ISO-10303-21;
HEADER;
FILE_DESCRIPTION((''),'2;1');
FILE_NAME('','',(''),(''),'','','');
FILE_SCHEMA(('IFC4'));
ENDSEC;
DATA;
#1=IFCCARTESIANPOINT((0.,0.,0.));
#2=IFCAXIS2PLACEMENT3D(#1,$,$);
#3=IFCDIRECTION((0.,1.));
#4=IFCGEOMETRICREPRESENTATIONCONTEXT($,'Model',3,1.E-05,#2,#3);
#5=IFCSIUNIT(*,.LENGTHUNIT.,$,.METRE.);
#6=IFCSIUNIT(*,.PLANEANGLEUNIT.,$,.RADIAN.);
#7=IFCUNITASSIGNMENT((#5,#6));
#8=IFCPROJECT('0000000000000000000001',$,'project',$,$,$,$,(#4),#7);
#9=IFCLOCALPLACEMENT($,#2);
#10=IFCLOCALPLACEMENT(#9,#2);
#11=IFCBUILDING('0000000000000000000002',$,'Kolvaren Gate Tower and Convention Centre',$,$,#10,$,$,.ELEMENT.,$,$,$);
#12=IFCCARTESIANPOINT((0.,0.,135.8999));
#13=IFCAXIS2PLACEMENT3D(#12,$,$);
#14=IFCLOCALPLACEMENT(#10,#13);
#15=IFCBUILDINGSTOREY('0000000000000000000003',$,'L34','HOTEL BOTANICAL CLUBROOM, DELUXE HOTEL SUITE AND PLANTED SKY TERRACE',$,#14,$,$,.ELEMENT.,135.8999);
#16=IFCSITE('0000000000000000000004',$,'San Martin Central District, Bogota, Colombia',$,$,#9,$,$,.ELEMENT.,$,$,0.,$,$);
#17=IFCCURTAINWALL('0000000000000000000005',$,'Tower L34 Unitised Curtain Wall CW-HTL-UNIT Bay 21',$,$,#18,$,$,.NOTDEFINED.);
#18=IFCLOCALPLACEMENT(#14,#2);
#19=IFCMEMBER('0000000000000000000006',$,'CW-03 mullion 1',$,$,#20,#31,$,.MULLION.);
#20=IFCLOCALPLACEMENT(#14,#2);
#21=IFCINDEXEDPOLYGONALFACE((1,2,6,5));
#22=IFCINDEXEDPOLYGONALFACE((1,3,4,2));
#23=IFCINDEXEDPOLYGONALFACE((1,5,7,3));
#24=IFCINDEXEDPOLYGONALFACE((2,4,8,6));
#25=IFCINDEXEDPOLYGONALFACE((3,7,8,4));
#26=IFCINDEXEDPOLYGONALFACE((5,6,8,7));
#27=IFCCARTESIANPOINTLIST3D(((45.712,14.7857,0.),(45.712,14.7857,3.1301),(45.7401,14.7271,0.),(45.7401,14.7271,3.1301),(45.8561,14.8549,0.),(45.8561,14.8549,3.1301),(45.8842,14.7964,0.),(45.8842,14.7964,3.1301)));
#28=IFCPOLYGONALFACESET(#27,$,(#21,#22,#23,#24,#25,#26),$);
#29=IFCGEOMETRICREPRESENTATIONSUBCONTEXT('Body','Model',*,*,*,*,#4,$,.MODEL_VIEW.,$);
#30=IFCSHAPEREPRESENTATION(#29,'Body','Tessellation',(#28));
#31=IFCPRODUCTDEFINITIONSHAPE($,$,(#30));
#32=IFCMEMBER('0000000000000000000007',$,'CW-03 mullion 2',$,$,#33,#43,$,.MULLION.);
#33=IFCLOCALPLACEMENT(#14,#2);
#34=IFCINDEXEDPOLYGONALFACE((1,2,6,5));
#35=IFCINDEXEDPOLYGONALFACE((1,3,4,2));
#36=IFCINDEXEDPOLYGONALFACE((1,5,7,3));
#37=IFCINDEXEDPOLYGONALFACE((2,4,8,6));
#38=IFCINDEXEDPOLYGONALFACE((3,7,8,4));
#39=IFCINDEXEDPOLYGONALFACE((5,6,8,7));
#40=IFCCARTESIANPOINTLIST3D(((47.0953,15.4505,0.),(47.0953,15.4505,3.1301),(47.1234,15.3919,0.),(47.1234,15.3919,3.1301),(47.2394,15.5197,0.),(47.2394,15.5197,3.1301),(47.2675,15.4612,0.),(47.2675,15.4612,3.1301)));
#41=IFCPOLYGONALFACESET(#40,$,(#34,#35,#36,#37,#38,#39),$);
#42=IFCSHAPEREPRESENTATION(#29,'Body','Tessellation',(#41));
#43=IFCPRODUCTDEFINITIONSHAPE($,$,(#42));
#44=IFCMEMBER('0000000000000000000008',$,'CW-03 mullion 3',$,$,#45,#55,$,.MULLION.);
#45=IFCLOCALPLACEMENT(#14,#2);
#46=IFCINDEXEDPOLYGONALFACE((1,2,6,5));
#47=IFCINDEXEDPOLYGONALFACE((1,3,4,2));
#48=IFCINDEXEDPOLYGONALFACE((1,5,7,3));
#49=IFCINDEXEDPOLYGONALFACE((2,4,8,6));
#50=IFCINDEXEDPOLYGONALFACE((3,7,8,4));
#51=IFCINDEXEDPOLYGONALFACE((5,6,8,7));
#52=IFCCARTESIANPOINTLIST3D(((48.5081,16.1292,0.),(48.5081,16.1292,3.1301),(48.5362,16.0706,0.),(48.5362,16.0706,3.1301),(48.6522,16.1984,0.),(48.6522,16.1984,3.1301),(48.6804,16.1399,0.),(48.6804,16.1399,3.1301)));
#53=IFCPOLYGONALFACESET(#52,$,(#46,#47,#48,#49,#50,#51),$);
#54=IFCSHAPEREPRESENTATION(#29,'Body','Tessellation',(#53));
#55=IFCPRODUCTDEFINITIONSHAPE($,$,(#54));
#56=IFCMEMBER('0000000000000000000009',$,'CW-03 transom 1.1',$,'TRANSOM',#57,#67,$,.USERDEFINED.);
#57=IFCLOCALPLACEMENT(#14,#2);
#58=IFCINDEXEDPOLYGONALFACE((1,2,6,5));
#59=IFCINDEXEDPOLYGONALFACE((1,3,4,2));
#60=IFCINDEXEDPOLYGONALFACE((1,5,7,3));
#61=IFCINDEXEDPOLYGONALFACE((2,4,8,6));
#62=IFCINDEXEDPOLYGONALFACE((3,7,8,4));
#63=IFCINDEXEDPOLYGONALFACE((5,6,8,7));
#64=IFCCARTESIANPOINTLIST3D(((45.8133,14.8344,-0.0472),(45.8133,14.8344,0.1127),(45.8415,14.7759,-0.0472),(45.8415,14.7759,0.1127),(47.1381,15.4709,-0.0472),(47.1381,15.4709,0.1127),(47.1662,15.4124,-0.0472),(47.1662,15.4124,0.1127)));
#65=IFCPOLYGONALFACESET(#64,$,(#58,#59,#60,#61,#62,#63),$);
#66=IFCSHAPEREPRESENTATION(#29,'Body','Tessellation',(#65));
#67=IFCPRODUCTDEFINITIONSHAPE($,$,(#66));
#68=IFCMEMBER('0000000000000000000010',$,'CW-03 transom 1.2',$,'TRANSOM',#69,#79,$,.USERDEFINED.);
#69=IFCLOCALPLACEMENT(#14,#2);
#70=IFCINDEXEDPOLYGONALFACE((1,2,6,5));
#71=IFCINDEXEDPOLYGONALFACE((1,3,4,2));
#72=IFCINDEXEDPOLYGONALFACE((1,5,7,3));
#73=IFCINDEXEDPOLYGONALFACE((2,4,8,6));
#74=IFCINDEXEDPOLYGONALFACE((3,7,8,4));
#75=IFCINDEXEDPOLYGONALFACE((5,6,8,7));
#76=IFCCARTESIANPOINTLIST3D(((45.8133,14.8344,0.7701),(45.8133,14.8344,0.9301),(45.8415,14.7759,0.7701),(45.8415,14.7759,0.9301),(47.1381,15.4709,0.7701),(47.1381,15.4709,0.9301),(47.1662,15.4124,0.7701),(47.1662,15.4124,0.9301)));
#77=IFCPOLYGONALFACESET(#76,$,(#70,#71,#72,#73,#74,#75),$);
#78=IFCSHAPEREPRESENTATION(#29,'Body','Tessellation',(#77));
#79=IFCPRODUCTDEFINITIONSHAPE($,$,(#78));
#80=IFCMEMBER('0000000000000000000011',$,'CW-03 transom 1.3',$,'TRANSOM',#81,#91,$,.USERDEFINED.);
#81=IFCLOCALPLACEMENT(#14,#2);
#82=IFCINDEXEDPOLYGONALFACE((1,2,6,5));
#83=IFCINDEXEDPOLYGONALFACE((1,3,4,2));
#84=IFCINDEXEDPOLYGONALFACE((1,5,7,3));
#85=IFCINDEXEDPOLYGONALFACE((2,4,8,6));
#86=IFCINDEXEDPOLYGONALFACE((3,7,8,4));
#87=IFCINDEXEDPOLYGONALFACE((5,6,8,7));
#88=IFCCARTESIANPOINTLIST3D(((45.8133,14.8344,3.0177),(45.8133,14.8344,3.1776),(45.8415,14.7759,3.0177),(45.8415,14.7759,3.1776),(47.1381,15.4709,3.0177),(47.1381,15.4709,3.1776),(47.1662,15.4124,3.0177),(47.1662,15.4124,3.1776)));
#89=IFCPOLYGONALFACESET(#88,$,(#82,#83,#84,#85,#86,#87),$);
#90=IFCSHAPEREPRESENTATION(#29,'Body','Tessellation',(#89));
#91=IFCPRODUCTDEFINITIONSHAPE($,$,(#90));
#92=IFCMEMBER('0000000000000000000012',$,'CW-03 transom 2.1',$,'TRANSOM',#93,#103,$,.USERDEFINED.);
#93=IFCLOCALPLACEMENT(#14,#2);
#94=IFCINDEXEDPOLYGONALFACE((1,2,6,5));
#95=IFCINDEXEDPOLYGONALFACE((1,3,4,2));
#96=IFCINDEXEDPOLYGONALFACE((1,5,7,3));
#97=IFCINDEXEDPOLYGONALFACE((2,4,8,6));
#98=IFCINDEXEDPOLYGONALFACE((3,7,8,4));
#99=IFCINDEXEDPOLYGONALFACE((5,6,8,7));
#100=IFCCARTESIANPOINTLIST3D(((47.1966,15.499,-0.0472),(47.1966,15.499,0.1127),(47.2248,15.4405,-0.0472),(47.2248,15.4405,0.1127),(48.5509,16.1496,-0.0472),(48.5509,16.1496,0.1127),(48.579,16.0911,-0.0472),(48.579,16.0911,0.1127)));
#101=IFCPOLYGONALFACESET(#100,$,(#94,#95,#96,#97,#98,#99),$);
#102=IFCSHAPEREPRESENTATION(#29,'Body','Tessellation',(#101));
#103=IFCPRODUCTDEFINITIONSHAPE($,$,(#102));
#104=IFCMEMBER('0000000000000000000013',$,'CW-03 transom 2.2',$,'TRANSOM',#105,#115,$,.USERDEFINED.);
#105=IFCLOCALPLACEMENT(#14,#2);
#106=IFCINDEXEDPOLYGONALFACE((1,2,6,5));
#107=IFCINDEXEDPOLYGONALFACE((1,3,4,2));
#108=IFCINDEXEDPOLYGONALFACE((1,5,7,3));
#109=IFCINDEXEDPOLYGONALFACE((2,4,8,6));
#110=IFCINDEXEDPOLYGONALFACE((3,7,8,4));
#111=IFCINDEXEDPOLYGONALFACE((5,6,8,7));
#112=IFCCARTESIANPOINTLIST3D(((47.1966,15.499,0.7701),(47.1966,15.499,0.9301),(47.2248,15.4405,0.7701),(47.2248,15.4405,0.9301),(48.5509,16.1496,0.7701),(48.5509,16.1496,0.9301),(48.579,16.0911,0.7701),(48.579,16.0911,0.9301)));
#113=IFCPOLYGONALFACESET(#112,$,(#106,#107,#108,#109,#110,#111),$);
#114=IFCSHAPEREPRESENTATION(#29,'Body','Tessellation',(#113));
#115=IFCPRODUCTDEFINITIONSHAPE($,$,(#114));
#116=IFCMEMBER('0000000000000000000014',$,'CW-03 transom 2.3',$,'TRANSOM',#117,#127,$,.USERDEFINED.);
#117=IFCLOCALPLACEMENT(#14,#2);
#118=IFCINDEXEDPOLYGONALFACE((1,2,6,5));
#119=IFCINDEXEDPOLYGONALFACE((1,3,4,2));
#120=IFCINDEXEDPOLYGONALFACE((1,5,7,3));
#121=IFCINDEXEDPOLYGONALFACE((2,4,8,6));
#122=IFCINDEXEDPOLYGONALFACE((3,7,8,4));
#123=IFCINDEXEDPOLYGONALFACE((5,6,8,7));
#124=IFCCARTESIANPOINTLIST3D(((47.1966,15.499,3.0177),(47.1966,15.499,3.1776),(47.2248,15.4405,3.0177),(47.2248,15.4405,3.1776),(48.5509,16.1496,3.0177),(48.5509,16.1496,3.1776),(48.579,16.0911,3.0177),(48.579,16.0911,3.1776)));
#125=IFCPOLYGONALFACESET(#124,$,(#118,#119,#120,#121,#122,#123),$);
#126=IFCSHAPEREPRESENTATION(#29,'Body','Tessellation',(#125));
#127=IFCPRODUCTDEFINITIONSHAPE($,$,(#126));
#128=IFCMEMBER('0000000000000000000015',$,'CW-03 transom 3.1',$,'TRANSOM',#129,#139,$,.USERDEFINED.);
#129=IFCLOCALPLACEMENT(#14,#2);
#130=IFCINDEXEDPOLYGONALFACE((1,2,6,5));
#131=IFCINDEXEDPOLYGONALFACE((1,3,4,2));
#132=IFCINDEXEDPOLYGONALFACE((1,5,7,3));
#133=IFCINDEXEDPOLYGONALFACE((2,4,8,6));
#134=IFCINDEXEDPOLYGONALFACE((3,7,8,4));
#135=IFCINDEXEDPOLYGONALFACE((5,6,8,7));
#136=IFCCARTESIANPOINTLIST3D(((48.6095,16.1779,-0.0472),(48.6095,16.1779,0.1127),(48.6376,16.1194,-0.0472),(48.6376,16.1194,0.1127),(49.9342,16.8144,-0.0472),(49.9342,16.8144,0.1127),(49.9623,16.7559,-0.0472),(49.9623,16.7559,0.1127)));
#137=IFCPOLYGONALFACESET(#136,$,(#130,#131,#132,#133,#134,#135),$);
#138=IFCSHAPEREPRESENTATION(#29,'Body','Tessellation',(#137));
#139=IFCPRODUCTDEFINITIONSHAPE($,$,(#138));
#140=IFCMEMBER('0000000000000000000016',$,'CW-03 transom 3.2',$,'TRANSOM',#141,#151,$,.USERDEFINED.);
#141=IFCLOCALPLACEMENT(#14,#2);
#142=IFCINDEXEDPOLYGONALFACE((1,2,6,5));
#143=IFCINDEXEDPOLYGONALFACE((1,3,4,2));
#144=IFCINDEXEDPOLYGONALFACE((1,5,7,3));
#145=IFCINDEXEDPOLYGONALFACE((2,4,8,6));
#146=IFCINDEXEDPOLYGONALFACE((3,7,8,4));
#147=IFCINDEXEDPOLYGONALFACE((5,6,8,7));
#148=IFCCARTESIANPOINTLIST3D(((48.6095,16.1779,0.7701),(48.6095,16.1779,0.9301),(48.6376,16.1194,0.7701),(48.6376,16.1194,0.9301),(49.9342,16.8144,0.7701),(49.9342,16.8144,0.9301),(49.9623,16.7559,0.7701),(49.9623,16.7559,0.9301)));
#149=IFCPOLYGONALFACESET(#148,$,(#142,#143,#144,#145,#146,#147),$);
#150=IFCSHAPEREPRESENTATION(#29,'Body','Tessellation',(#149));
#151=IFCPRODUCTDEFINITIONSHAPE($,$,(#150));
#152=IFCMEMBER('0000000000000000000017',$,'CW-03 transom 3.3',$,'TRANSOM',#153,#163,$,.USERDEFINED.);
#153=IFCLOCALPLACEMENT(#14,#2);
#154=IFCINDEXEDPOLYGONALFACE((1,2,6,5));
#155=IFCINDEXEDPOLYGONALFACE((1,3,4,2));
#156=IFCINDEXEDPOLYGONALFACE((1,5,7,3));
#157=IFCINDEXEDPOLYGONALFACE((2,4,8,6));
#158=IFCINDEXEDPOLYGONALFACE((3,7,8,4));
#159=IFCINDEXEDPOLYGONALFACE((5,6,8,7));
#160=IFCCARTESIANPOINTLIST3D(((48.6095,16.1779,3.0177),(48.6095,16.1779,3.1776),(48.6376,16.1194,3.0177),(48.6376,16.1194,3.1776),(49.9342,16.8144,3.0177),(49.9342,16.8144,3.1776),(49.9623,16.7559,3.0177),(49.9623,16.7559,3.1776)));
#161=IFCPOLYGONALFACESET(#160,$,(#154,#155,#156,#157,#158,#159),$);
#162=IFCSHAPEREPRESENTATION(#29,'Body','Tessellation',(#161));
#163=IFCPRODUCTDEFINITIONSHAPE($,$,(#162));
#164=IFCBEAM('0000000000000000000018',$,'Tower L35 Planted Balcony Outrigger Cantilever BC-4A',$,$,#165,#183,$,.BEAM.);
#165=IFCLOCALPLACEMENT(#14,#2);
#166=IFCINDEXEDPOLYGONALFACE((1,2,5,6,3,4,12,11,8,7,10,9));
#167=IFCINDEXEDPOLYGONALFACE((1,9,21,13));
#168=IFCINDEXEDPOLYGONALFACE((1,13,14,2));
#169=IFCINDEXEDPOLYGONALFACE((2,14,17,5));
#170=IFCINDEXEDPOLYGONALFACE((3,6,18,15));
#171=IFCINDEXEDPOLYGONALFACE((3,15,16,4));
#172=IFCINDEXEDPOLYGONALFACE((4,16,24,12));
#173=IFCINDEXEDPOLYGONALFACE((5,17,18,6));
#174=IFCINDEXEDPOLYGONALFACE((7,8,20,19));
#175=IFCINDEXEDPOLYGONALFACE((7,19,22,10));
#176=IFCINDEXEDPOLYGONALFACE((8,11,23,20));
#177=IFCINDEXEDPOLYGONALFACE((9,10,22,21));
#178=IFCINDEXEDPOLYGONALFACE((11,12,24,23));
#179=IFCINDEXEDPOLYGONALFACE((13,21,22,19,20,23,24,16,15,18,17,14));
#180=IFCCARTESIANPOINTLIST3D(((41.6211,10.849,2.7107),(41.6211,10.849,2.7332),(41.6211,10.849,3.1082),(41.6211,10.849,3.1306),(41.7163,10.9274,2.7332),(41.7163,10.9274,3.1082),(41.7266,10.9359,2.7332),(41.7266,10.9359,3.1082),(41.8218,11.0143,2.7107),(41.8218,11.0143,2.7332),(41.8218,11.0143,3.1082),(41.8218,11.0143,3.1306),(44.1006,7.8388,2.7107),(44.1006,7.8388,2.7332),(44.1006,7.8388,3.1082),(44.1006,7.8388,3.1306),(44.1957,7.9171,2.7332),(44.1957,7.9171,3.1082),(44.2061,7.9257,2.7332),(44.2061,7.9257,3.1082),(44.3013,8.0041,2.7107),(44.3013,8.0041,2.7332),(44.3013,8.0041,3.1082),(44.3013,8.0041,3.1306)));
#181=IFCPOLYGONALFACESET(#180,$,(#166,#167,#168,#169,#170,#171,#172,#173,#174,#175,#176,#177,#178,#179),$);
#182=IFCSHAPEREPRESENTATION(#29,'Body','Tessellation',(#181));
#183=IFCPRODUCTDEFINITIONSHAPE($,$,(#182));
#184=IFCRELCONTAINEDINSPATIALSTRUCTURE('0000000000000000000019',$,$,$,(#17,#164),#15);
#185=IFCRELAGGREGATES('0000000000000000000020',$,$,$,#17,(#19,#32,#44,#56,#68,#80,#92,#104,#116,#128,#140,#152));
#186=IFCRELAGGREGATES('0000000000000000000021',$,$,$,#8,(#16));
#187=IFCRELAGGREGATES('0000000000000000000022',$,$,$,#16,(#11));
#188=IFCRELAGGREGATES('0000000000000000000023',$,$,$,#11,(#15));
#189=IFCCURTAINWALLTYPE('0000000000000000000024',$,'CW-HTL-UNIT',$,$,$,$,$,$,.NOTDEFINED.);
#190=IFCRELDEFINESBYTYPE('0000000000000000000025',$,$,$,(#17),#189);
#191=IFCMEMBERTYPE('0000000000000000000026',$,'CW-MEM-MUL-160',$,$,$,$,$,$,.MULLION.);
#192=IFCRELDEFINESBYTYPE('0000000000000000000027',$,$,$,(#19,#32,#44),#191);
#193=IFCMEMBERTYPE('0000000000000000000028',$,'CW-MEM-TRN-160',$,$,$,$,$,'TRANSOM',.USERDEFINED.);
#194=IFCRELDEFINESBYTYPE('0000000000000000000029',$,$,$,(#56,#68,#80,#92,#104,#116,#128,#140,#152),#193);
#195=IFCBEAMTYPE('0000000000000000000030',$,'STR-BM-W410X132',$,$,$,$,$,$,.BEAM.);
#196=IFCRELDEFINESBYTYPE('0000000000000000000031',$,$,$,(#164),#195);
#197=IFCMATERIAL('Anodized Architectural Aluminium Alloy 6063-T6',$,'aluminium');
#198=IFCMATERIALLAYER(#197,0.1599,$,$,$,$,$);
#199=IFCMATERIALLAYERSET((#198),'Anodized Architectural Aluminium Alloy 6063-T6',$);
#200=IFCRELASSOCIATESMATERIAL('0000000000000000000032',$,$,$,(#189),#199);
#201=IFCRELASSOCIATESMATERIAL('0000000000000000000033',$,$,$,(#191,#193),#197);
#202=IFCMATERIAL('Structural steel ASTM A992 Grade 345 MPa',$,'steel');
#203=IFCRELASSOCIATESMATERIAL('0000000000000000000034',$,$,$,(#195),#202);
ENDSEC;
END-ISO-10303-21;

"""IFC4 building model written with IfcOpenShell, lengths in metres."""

from ifc_helpers import new_model, si_unit, direction, frame, origin, origin_2d, place, context, subcontext, project, spatial, rectangle, i_section, extrude, material, layer, layer_set, material_profile, profile_set, type_object, element, aggregate, save


model = new_model("IFC4")

# Units and contexts
model_context = context("Model", 3, precision=1e-05, world=origin(), true_north=direction((0.0, 1.0)))
body_context = subcontext(model_context, "Body", "Model", "MODEL_VIEW")
ifc_project = project(units=[si_unit("LENGTHUNIT", "METRE"), si_unit("PLANEANGLEUNIT", "RADIAN")], contexts=[model_context])

# Site, building, storey
site_placement = place(None, origin())
site = spatial("IfcSite", under=ifc_project, at=site_placement, Name="San Martin Central District, Bogota, Colombia", CompositionType="ELEMENT", RefElevation=0.0)
building_placement = place(site_placement, origin())
building = spatial("IfcBuilding", under=site, at=building_placement, Name="Kolvaren Gate Tower and Convention Centre", CompositionType="ELEMENT")
storey_placement = place(building_placement, frame((0.0, 0.0, 135.8999)))
storey = spatial("IfcBuildingStorey", under=building, at=storey_placement, Name="L34", Description="HOTEL BOTANICAL CLUBROOM, DELUXE HOTEL SUITE AND PLANTED SKY TERRACE", CompositionType="ELEMENT", Elevation=135.8999)

# Curtain wall, members
ifc_material_1 = material(Name="Anodized Architectural Aluminium Alloy 6063-T6", Category="aluminium")
ifc_layer_1 = layer(ifc_material_1, 0.1599)
ifc_layer_set_1 = layer_set([ifc_layer_1], Name="Anodized Architectural Aluminium Alloy 6063-T6")
curtain_wall_type = type_object("IfcCurtainWallType", Name="CW-HTL-UNIT", PredefinedType="NOTDEFINED", material=ifc_layer_set_1)
curtain_wall_placement = place(storey_placement, origin())
curtain_wall = element("IfcCurtainWall", 1, at=curtain_wall_placement, inside=storey, type_object=curtain_wall_type, Name="Tower L34 Unitised Curtain Wall CW-HTL-UNIT Bay 21", PredefinedType="NOTDEFINED")
ifc_material_profile_1 = material_profile(ifc_material_1, rectangle(XDim=0.0649, YDim=0.1599, at=origin_2d()), Name="CW-MEM-MUL-160")
ifc_profile_set_1 = profile_set([ifc_material_profile_1], Name="Anodized Architectural Aluminium Alloy 6063-T6")
member_type_1 = type_object("IfcMemberType", Name="CW-MEM-MUL-160", PredefinedType="MULLION", material=ifc_profile_set_1)
member_1_placement = place(storey_placement, frame((45.7981, 14.791, 0.0), z_axis=(0.0, 0.0, 1.0), x_axis=(-0.433071, 0.90136, 0.0)))
member_1 = element("IfcMember", 2, at=member_1_placement, type_object=member_type_1, Name="CW-03 mullion 1", PredefinedType="MULLION", context=body_context, shape_type="SweptSolid", body=[
    extrude(rectangle(XDim=0.0649, YDim=0.1599, at=origin_2d()), origin(), (0.0, 0.0, 1.0), 3.1301),
])
member_2_placement = place(storey_placement, frame((47.1814, 15.4558, 0.0), z_axis=(0.0, 0.0, 1.0), x_axis=(-0.433071, 0.90136, 0.0)))
member_2 = element("IfcMember", 3, at=member_2_placement, type_object=member_type_1, Name="CW-03 mullion 2", PredefinedType="MULLION", context=body_context, shape_type="SweptSolid", body=[
    extrude(rectangle(XDim=0.0649, YDim=0.1599, at=origin_2d()), origin(), (0.0, 0.0, 1.0), 3.1301),
])
member_3_placement = place(storey_placement, frame((48.5942, 16.1345, 0.0), z_axis=(0.0, 0.0, 1.0), x_axis=(-0.433071, 0.90136, 0.0)))
member_3 = element("IfcMember", 4, at=member_3_placement, type_object=member_type_1, Name="CW-03 mullion 3", PredefinedType="MULLION", context=body_context, shape_type="SweptSolid", body=[
    extrude(rectangle(XDim=0.0649, YDim=0.1599, at=origin_2d()), origin(), (0.0, 0.0, 1.0), 3.1301),
])
ifc_material_profile_2 = material_profile(ifc_material_1, rectangle(XDim=0.0649, YDim=0.1599, at=origin_2d()), Name="CW-MEM-TRN-160")
ifc_profile_set_2 = profile_set([ifc_material_profile_2], Name="Anodized Architectural Aluminium Alloy 6063-T6")
member_type_2 = type_object("IfcMemberType", Name="CW-MEM-TRN-160", ElementType="TRANSOM", PredefinedType="USERDEFINED", material=ifc_profile_set_2)
member_4_placement = place(storey_placement, frame((45.8274, 14.8052, 0.0327), z_axis=(0.90136, 0.433071, 0.0), x_axis=(-0.433071, 0.90136, 0.0)))
member_4 = element("IfcMember", 5, at=member_4_placement, type_object=member_type_2, Name="CW-03 transom 1.1", ObjectType="TRANSOM", PredefinedType="USERDEFINED", context=body_context, shape_type="SweptSolid", body=[
    extrude(rectangle(XDim=0.0649, YDim=0.1599, at=origin_2d()), origin(), (0.0, 0.0, 1.0), 1.4697),
])
member_5_placement = place(storey_placement, frame((45.8274, 14.8052, 0.8501), z_axis=(0.90136, 0.433071, 0.0), x_axis=(-0.433071, 0.90136, 0.0)))
member_5 = element("IfcMember", 6, at=member_5_placement, type_object=member_type_2, Name="CW-03 transom 1.2", ObjectType="TRANSOM", PredefinedType="USERDEFINED", context=body_context, shape_type="SweptSolid", body=[
    extrude(rectangle(XDim=0.0649, YDim=0.1599, at=origin_2d()), origin(), (0.0, 0.0, 1.0), 1.4697),
])
member_6_placement = place(storey_placement, frame((45.8274, 14.8052, 3.0977), z_axis=(0.90136, 0.433071, 0.0), x_axis=(-0.433071, 0.90136, 0.0)))
member_6 = element("IfcMember", 7, at=member_6_placement, type_object=member_type_2, Name="CW-03 transom 1.3", ObjectType="TRANSOM", PredefinedType="USERDEFINED", context=body_context, shape_type="SweptSolid", body=[
    extrude(rectangle(XDim=0.0649, YDim=0.1599, at=origin_2d()), origin(), (0.0, 0.0, 1.0), 1.4697),
])
member_7_placement = place(storey_placement, frame((47.2107, 15.4697, 0.0327), z_axis=(0.901368, 0.433053, 0.0), x_axis=(-0.433053, 0.901368, 0.0)))
member_7 = element("IfcMember", 8, at=member_7_placement, type_object=member_type_2, Name="CW-03 transom 2.1", ObjectType="TRANSOM", PredefinedType="USERDEFINED", context=body_context, shape_type="SweptSolid", body=[
    extrude(rectangle(XDim=0.0649, YDim=0.1599, at=origin_2d()), origin(), (0.0, 0.0, 1.0), 1.5024),
])
member_8_placement = place(storey_placement, frame((47.2107, 15.4697, 0.8501), z_axis=(0.901368, 0.433053, 0.0), x_axis=(-0.433053, 0.901368, 0.0)))
member_8 = element("IfcMember", 9, at=member_8_placement, type_object=member_type_2, Name="CW-03 transom 2.2", ObjectType="TRANSOM", PredefinedType="USERDEFINED", context=body_context, shape_type="SweptSolid", body=[
    extrude(rectangle(XDim=0.0649, YDim=0.1599, at=origin_2d()), origin(), (0.0, 0.0, 1.0), 1.5024),
])
member_9_placement = place(storey_placement, frame((47.2107, 15.4697, 3.0977), z_axis=(0.901368, 0.433053, 0.0), x_axis=(-0.433053, 0.901368, 0.0)))
member_9 = element("IfcMember", 10, at=member_9_placement, type_object=member_type_2, Name="CW-03 transom 2.3", ObjectType="TRANSOM", PredefinedType="USERDEFINED", context=body_context, shape_type="SweptSolid", body=[
    extrude(rectangle(XDim=0.0649, YDim=0.1599, at=origin_2d()), origin(), (0.0, 0.0, 1.0), 1.5024),
])
member_10_placement = place(storey_placement, frame((48.6235, 16.1487, 0.0327), z_axis=(0.90136, 0.433071, 0.0), x_axis=(-0.433071, 0.90136, 0.0)))
member_10 = element("IfcMember", 11, at=member_10_placement, type_object=member_type_2, Name="CW-03 transom 3.1", ObjectType="TRANSOM", PredefinedType="USERDEFINED", context=body_context, shape_type="SweptSolid", body=[
    extrude(rectangle(XDim=0.0649, YDim=0.1599, at=origin_2d()), origin(), (0.0, 0.0, 1.0), 1.4697),
])
member_11_placement = place(storey_placement, frame((48.6235, 16.1487, 0.8501), z_axis=(0.90136, 0.433071, 0.0), x_axis=(-0.433071, 0.90136, 0.0)))
member_11 = element("IfcMember", 12, at=member_11_placement, type_object=member_type_2, Name="CW-03 transom 3.2", ObjectType="TRANSOM", PredefinedType="USERDEFINED", context=body_context, shape_type="SweptSolid", body=[
    extrude(rectangle(XDim=0.0649, YDim=0.1599, at=origin_2d()), origin(), (0.0, 0.0, 1.0), 1.4697),
])
member_12_placement = place(storey_placement, frame((48.6235, 16.1487, 3.0977), z_axis=(0.90136, 0.433071, 0.0), x_axis=(-0.433071, 0.90136, 0.0)))
member_12 = element("IfcMember", 13, at=member_12_placement, type_object=member_type_2, Name="CW-03 transom 3.3", ObjectType="TRANSOM", PredefinedType="USERDEFINED", context=body_context, shape_type="SweptSolid", body=[
    extrude(rectangle(XDim=0.0649, YDim=0.1599, at=origin_2d()), origin(), (0.0, 0.0, 1.0), 1.4697),
])

# Beam
ifc_material_2 = material(Name="Structural steel ASTM A992 Grade 345 MPa", Category="steel")
ifc_material_profile_3 = material_profile(ifc_material_2, i_section(OverallWidth=0.26, OverallDepth=0.4199, WebThickness=0.0134, FlangeThickness=0.0225, at=origin_2d()), Name="W410X132")
ifc_profile_set_3 = profile_set([ifc_material_profile_3], Name="Structural steel ASTM A992 Grade 345 MPa")
beam_type_1 = type_object("IfcBeamType", Name="STR-BM-W410X132", PredefinedType="BEAM", material=ifc_profile_set_3)
beam_1_placement = place(storey_placement, frame((41.7214, 10.9316, 2.9207), z_axis=(0.635777, -0.771872, 0.0), x_axis=(0.771872, 0.635777, 0.0)))
element("IfcBeam", 14, at=beam_1_placement, inside=storey, type_object=beam_type_1, Name="Tower L35 Planted Balcony Outrigger Cantilever BC-4A", PredefinedType="BEAM", context=body_context, shape_type="SweptSolid", body=[
    extrude(i_section(OverallWidth=0.26, OverallDepth=0.4199, WebThickness=0.0134, FlangeThickness=0.0225, at=origin_2d()), origin(), (0.0, 0.0, 1.0), 3.8999),
])

aggregate(curtain_wall, [member_1, member_2, member_3, member_4, member_5, member_6, member_7, member_8, member_9, member_10, member_11, member_12])

save(model, "model.ifc")
